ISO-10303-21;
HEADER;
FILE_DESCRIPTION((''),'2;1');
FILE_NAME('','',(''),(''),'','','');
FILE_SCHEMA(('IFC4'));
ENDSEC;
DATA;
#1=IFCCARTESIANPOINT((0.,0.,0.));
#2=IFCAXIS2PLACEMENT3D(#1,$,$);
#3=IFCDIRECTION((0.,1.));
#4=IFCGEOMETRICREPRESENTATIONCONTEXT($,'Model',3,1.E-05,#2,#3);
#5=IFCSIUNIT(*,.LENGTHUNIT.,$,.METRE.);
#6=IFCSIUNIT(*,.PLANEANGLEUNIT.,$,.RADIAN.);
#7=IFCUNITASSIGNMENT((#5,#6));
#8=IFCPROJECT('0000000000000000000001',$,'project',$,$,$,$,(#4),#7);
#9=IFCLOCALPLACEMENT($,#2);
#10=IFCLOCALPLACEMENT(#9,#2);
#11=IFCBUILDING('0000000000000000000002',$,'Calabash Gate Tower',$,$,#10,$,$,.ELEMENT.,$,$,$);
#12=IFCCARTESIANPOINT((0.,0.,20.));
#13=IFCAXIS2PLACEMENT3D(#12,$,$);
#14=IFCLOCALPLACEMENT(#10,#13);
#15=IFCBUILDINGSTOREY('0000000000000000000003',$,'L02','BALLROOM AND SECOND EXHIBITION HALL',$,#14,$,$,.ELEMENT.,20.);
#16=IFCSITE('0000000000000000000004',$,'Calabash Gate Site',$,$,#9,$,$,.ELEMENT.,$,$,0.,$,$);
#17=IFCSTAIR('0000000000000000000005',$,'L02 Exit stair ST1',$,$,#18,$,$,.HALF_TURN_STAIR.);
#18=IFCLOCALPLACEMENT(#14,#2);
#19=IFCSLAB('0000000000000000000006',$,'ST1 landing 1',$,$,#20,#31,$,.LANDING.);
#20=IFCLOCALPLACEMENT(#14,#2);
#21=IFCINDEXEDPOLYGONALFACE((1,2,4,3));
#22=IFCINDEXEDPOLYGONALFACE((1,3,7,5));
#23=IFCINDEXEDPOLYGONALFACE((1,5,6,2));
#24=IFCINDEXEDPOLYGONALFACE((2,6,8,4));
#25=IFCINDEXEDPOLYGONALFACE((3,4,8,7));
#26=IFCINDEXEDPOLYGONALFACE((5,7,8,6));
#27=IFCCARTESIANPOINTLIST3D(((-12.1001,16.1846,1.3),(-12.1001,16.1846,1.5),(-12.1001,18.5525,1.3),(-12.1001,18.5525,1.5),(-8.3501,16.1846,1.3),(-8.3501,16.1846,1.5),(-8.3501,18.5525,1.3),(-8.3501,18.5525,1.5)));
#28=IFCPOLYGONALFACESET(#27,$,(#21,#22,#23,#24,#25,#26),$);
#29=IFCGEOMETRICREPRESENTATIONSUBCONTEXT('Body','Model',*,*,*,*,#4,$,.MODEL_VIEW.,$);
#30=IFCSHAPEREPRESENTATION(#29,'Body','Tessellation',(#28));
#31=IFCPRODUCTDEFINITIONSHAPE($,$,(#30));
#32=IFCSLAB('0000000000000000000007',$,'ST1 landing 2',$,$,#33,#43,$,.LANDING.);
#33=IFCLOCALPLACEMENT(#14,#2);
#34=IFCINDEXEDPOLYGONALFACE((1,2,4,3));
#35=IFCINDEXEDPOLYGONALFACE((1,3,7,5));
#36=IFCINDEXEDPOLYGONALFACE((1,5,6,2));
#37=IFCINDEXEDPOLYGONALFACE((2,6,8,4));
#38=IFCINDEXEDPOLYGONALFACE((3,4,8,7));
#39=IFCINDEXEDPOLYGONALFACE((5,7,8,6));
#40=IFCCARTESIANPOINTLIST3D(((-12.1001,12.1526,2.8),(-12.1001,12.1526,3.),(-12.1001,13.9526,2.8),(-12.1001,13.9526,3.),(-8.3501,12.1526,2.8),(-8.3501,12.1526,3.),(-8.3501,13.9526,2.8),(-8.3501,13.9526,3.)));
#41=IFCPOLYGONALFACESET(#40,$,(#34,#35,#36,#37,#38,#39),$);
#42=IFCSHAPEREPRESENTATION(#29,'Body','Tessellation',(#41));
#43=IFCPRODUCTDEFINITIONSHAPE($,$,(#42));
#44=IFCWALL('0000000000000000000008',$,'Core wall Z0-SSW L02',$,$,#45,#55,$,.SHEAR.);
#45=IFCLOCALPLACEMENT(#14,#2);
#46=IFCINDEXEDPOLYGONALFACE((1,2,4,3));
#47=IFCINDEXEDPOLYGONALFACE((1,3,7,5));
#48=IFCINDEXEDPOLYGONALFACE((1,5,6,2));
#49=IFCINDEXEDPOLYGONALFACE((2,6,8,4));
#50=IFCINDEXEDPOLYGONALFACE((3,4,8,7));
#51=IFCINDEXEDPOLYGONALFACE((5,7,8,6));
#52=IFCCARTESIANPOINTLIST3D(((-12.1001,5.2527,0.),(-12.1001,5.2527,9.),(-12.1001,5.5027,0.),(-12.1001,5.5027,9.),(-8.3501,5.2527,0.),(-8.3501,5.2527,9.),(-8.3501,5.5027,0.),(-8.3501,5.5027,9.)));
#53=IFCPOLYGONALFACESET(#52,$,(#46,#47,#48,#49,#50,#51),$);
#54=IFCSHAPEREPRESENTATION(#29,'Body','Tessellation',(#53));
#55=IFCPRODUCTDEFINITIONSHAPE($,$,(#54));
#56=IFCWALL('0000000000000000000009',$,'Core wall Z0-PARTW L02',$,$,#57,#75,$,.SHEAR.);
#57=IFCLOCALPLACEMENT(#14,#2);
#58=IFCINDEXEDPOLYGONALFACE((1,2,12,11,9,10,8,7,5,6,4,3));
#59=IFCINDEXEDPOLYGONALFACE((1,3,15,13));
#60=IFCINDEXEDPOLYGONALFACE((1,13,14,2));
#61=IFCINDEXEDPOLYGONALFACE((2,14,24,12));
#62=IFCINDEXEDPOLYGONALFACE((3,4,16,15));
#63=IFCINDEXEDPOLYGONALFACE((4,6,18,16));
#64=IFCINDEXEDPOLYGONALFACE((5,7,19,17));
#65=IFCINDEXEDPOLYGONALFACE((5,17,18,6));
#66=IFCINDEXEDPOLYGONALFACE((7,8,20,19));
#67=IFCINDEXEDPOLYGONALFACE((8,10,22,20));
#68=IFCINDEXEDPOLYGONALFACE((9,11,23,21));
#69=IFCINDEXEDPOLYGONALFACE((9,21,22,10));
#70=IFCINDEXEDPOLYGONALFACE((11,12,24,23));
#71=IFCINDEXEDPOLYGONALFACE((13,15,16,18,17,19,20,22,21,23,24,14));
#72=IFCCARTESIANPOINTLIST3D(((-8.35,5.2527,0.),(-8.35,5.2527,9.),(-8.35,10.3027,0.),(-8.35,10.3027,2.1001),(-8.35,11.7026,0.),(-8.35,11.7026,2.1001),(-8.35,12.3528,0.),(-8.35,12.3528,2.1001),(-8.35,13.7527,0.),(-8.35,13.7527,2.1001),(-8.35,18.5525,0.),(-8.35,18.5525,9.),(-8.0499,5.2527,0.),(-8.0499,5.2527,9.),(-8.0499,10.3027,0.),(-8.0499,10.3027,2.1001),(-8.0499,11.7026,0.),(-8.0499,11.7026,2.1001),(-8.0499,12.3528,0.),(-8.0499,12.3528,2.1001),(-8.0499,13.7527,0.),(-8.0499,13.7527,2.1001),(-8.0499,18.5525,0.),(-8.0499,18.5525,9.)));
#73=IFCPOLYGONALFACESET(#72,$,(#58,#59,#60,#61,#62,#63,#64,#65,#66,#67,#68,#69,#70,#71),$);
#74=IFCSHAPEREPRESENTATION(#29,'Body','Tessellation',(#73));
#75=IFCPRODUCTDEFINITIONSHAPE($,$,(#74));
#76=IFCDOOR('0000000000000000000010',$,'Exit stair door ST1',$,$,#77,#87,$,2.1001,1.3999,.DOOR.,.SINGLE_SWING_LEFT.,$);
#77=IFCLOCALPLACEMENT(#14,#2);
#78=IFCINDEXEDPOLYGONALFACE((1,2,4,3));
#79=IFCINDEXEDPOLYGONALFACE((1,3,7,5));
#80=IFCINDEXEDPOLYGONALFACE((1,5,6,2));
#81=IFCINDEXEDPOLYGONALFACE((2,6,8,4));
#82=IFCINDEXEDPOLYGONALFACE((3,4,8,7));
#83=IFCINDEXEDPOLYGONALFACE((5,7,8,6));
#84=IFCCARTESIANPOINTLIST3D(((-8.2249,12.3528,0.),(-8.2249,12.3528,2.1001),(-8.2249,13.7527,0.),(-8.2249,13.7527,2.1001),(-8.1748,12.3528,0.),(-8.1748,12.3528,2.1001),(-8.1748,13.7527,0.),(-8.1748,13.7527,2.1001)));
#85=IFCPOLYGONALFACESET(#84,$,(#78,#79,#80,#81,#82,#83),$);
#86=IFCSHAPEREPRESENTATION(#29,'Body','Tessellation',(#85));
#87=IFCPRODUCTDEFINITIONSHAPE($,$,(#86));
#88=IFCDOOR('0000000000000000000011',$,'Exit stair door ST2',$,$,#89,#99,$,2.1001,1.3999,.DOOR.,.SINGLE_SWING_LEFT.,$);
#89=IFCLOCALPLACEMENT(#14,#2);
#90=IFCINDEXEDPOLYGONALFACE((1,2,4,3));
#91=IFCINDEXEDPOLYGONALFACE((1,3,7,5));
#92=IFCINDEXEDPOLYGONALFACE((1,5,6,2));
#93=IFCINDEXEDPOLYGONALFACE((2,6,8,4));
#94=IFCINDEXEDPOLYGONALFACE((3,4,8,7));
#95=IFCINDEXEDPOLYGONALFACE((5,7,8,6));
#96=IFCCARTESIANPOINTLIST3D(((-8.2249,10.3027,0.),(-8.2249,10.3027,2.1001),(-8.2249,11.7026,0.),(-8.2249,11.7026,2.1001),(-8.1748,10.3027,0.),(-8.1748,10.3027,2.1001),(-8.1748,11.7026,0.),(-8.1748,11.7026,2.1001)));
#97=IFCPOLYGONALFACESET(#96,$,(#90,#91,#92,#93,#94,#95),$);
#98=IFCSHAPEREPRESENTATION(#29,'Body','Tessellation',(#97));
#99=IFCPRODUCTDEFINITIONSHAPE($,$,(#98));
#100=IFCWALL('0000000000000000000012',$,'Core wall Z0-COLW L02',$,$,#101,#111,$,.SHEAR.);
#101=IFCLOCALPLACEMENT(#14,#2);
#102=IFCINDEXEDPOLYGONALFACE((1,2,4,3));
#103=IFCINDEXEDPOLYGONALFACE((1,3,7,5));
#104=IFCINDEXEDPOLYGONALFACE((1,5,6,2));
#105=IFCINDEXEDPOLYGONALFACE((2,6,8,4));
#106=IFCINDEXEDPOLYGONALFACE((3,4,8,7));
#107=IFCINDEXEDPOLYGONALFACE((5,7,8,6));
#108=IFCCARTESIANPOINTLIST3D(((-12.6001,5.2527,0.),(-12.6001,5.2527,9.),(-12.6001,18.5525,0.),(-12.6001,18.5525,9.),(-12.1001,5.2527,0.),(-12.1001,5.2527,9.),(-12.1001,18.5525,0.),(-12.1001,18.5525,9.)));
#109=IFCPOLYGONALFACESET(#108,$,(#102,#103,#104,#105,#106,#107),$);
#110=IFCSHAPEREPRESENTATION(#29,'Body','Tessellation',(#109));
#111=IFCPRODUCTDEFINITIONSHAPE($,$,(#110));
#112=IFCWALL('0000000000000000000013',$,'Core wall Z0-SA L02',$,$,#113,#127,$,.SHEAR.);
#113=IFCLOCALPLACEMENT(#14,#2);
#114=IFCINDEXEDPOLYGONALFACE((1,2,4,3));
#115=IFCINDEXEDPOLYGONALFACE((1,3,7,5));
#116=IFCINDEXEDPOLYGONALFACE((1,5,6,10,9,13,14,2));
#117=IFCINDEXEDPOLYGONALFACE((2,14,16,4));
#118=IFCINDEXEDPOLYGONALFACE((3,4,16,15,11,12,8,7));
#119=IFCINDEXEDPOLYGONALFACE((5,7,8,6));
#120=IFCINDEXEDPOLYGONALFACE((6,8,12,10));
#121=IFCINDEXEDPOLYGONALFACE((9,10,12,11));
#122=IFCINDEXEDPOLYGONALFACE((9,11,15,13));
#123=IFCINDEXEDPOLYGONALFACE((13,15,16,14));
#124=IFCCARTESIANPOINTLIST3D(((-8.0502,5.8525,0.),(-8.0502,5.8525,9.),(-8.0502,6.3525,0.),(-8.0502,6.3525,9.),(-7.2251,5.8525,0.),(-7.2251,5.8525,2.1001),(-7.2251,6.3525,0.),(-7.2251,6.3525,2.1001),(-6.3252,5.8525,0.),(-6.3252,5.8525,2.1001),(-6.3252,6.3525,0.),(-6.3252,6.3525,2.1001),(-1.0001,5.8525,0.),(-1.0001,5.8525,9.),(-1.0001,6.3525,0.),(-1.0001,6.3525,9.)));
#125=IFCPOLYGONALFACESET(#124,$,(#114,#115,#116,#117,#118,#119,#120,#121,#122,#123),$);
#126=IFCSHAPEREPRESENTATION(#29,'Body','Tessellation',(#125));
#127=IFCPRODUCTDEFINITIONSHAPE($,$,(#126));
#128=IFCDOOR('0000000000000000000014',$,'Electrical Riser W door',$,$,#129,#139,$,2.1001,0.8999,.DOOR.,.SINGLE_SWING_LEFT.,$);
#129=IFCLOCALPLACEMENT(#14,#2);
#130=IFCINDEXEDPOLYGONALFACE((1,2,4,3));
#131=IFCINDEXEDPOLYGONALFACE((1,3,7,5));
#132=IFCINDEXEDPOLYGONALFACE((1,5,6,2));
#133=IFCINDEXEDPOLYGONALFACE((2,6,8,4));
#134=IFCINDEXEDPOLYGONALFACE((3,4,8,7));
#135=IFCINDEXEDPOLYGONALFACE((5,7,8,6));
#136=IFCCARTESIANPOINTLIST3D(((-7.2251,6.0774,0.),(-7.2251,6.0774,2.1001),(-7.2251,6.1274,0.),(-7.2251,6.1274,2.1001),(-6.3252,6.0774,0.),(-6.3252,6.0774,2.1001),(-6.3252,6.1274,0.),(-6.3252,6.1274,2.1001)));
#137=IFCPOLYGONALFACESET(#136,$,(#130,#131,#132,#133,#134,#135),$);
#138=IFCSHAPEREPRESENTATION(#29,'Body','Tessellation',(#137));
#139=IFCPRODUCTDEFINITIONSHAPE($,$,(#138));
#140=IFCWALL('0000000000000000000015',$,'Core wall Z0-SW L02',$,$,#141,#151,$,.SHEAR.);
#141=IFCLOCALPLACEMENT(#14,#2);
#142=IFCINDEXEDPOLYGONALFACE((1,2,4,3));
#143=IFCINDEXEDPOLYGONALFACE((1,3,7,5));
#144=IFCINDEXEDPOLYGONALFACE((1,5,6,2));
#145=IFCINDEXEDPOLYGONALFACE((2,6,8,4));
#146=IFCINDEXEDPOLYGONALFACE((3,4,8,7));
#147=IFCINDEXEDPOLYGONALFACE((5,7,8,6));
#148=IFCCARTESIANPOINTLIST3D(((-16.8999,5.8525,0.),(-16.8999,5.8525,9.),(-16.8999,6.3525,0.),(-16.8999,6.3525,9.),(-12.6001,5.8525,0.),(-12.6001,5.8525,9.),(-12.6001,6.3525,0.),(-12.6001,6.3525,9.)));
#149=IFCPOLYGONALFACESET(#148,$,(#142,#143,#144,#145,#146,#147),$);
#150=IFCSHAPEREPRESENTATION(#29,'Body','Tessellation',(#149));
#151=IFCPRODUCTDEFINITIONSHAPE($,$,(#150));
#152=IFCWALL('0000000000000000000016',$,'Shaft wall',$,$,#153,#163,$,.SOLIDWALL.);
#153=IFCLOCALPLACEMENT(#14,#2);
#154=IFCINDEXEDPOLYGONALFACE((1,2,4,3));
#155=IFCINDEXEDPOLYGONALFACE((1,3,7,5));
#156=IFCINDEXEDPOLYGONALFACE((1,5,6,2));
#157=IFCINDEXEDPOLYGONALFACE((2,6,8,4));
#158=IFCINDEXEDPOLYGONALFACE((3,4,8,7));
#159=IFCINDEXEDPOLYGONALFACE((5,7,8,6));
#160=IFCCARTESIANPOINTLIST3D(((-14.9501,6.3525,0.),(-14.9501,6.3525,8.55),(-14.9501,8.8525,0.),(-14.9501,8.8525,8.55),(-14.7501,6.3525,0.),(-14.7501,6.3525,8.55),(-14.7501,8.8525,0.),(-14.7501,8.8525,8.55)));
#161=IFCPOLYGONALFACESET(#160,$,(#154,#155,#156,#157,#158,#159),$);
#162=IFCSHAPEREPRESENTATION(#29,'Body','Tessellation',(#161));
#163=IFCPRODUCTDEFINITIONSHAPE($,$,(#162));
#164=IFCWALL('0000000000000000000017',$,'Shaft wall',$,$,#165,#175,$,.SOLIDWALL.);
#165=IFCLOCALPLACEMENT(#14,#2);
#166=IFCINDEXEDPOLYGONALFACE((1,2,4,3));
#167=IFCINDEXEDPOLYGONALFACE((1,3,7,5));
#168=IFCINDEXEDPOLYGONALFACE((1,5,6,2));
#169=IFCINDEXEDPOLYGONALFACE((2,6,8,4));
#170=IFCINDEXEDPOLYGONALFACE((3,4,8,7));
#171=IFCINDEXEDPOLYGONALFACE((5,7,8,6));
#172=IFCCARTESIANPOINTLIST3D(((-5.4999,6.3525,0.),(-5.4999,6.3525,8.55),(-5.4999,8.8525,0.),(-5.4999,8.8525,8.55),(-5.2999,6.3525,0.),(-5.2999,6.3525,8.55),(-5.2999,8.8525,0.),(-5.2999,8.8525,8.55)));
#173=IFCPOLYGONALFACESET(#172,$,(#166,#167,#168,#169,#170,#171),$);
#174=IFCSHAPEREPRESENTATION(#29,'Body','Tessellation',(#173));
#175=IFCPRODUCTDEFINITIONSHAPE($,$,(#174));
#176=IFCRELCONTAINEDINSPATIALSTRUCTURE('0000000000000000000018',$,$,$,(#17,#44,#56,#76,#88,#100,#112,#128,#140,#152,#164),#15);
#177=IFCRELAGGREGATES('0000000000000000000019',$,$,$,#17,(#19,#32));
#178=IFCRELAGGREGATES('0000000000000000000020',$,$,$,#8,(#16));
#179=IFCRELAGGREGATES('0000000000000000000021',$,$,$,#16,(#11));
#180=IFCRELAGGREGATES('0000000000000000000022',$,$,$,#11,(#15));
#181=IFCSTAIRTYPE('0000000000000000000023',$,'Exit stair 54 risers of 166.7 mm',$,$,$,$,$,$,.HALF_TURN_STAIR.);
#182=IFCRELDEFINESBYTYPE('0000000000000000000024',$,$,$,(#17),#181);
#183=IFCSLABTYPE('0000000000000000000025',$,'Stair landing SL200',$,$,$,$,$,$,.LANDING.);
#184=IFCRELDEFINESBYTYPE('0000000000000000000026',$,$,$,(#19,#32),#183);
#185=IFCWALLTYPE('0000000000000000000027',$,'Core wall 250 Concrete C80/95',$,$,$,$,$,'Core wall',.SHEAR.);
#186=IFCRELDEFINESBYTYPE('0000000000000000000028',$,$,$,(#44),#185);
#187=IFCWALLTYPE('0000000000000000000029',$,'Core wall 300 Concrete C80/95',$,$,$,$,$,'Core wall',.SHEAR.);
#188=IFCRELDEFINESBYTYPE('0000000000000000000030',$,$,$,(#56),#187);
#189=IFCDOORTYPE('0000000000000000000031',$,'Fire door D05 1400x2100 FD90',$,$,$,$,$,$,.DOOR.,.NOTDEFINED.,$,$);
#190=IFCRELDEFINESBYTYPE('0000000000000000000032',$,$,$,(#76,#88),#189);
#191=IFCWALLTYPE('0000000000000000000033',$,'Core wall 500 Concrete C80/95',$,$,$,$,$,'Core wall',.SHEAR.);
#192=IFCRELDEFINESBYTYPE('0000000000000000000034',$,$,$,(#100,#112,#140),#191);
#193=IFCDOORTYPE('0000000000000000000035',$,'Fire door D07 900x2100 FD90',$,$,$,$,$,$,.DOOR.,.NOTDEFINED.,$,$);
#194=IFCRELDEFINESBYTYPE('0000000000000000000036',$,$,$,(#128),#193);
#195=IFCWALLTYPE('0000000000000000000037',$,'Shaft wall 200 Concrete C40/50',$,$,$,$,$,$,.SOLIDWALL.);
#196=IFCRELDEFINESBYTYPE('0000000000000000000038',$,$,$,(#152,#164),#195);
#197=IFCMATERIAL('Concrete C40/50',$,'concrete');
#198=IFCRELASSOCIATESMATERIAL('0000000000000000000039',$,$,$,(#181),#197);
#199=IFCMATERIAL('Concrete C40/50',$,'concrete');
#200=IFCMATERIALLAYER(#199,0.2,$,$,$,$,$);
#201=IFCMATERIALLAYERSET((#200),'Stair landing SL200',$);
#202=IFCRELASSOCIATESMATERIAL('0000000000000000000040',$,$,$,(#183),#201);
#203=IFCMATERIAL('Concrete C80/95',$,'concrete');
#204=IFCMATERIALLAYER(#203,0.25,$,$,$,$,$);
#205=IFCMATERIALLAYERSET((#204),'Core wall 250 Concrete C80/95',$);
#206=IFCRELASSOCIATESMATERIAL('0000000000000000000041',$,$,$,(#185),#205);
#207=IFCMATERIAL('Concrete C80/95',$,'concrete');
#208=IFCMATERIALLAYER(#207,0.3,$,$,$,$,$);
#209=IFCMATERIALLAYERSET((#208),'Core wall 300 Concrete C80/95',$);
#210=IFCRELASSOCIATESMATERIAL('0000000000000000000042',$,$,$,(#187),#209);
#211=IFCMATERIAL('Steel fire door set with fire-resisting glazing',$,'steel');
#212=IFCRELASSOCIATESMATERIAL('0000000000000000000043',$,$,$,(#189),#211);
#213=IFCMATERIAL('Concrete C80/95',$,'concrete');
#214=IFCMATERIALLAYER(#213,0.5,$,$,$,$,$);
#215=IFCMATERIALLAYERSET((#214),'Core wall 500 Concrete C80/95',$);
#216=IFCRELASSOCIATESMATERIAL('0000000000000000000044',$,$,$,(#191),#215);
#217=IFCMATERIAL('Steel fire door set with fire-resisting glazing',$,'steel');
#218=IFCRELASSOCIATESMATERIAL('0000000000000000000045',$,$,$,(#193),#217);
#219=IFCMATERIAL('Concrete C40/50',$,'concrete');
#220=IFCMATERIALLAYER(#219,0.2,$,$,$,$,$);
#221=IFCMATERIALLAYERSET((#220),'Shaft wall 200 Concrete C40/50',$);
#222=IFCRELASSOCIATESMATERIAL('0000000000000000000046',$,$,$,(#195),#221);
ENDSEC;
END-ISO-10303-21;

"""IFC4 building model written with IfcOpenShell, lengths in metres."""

from ifc_helpers import new_model, si_unit, direction, frame, frame_2d, origin, place, context, subcontext, project, spatial, polyline, rectangle, outline, extrude, material, layer, layer_set, type_object, element, fill, aggregate, save


model = new_model("IFC4")

# Units and contexts
model_context = context("Model", 3, precision=1e-05, world=origin(), true_north=direction((0.0, 1.0)))
body_context = subcontext(model_context, "Body", "Model", "MODEL_VIEW")
ifc_project = project(units=[si_unit("LENGTHUNIT", "METRE"), si_unit("PLANEANGLEUNIT", "RADIAN")], contexts=[model_context])

# Site, building, storey
site_placement = place(None, origin())
site = spatial("IfcSite", under=ifc_project, at=site_placement, Name="Calabash Gate Site", CompositionType="ELEMENT", RefElevation=0.0)
building_placement = place(site_placement, origin())
building = spatial("IfcBuilding", under=site, at=building_placement, Name="Calabash Gate Tower", CompositionType="ELEMENT")
storey_placement = place(building_placement, frame((0.0, 0.0, 20.0)))
storey = spatial("IfcBuildingStorey", under=building, at=storey_placement, Name="L02", Description="BALLROOM AND SECOND EXHIBITION HALL", CompositionType="ELEMENT", Elevation=20.0)

# Stair, slabs
ifc_material_1 = material(Name="Concrete C40/50", Category="concrete")
stair_type = type_object("IfcStairType", Name="Exit stair 54 risers of 166.7 mm", PredefinedType="HALF_TURN_STAIR", material=ifc_material_1)
stair_placement = place(storey_placement, origin())
stair = element("IfcStair", 1, at=stair_placement, inside=storey, type_object=stair_type, Name="L02 Exit stair ST1", PredefinedType="HALF_TURN_STAIR")
ifc_material_2 = material(Name="Concrete C40/50", Category="concrete")
ifc_layer_1 = layer(ifc_material_2, 0.2)
ifc_layer_set_1 = layer_set([ifc_layer_1], Name="Stair landing SL200")
slab_type_1 = type_object("IfcSlabType", Name="Stair landing SL200", PredefinedType="LANDING", material=ifc_layer_set_1)
slab_1_placement = place(storey_placement, frame((0.0, 0.0, 1.3)))
slab_1 = element("IfcSlab", 2, at=slab_1_placement, type_object=slab_type_1, Name="ST1 landing 1", PredefinedType="LANDING", context=body_context, shape_type="SweptSolid", body=[
    extrude(outline(polyline([(-8.3501, 16.1846), (-8.3501, 18.5525), (-12.1001, 18.5525), (-12.1001, 16.1846), (-8.3501, 16.1846)])), origin(), (0.0, 0.0, 1.0), 0.2),
])
slab_2_placement = place(storey_placement, frame((0.0, 0.0, 2.8)))
slab_2 = element("IfcSlab", 3, at=slab_2_placement, type_object=slab_type_1, Name="ST1 landing 2", PredefinedType="LANDING", context=body_context, shape_type="SweptSolid", body=[
    extrude(outline(polyline([(-8.3501, 12.1526), (-8.3501, 13.9526), (-12.1001, 13.9526), (-12.1001, 12.1526), (-8.3501, 12.1526)])), origin(), (0.0, 0.0, 1.0), 0.2),
])
aggregate(stair, [slab_1, slab_2])

# Wall
ifc_material_3 = material(Name="Concrete C80/95", Category="concrete")
ifc_layer_2 = layer(ifc_material_3, 0.25)
ifc_layer_set_2 = layer_set([ifc_layer_2], Name="Core wall 250 Concrete C80/95")
wall_type_1 = type_object("IfcWallType", Name="Core wall 250 Concrete C80/95", ElementType="Core wall", PredefinedType="SHEAR", material=ifc_layer_set_2)
wall_1_placement = place(storey_placement, frame((-12.1001, 5.3777, 0.0), z_axis=(0.0, 0.0, 1.0), x_axis=(1.0, 0.0, 0.0)))
element("IfcWall", 4, at=wall_1_placement, inside=storey, type_object=wall_type_1, Name="Core wall Z0-SSW L02", PredefinedType="SHEAR", context=body_context, shape_type="SweptSolid", body=[
    extrude(rectangle(XDim=3.75, YDim=0.25, at=frame_2d((1.875, 0.0))), origin(), (0.0, 0.0, 1.0), 9.0),
])

# Wall, openings, doors
ifc_material_4 = material(Name="Concrete C80/95", Category="concrete")
ifc_layer_3 = layer(ifc_material_4, 0.3)
ifc_layer_set_3 = layer_set([ifc_layer_3], Name="Core wall 300 Concrete C80/95")
wall_type_2 = type_object("IfcWallType", Name="Core wall 300 Concrete C80/95", ElementType="Core wall", PredefinedType="SHEAR", material=ifc_layer_set_3)
wall_2_placement = place(storey_placement, frame((-8.2, 5.2527, 0.0), z_axis=(0.0, 0.0, 1.0), x_axis=(0.0, 1.0, 0.0)))
wall_2 = element("IfcWall", 5, at=wall_2_placement, inside=storey, type_object=wall_type_2, Name="Core wall Z0-PARTW L02", PredefinedType="SHEAR", context=body_context, shape_type="SweptSolid", body=[
    extrude(rectangle(XDim=13.2998, YDim=0.3, at=frame_2d((6.6499, 0.0))), origin(), (0.0, 0.0, 1.0), 9.0),
])
opening_1_placement = place(wall_2_placement, frame((7.1001, 0.0, 0.0)))
opening_1 = element("IfcOpeningElement", 6, at=opening_1_placement, cuts=wall_2, PredefinedType="OPENING", context=body_context, shape_type="SweptSolid", body=[
    extrude(rectangle(XDim=1.3999, YDim=2.1001, at=frame_2d((0.7, 1.05))), frame((0.0, 0.1599, 0.0), z_axis=(0.0, -1.0, 0.0), x_axis=(1.0, 0.0, 0.0)), (0.0, 0.0, 1.0), 0.3201),
])
opening_2_placement = place(wall_2_placement, frame((5.05, 0.0, 0.0)))
opening_2 = element("IfcOpeningElement", 7, at=opening_2_placement, cuts=wall_2, PredefinedType="OPENING", context=body_context, shape_type="SweptSolid", body=[
    extrude(rectangle(XDim=1.3999, YDim=2.1001, at=frame_2d((0.7, 1.05))), frame((0.0, 0.1599, 0.0), z_axis=(0.0, -1.0, 0.0), x_axis=(1.0, 0.0, 0.0)), (0.0, 0.0, 1.0), 0.3201),
])
ifc_material_5 = material(Name="Steel fire door set with fire-resisting glazing", Category="steel")
door_type_1 = type_object("IfcDoorType", Name="Fire door D05 1400x2100 FD90", OperationType="NOTDEFINED", PredefinedType="DOOR", material=ifc_material_5)
door_1_placement = place(opening_1_placement, origin())
door_1 = element("IfcDoor", 8, at=door_1_placement, inside=storey, type_object=door_type_1, Name="Exit stair door ST1", OperationType="SINGLE_SWING_LEFT", OverallHeight=2.1001, OverallWidth=1.3999, PredefinedType="DOOR", context=body_context, shape_type="SweptSolid", body=[
    extrude(rectangle(XDim=1.3999, YDim=2.1001, at=frame_2d((0.7, 1.05))), frame((0.0, 0.0249, 0.0), z_axis=(0.0, -1.0, 0.0), x_axis=(1.0, 0.0, 0.0)), (0.0, 0.0, 1.0), 0.05),
])
fill(opening_1, door_1)
door_2_placement = place(opening_2_placement, origin())
door_2 = element("IfcDoor", 9, at=door_2_placement, inside=storey, type_object=door_type_1, Name="Exit stair door ST2", OperationType="SINGLE_SWING_LEFT", OverallHeight=2.1001, OverallWidth=1.3999, PredefinedType="DOOR", context=body_context, shape_type="SweptSolid", body=[
    extrude(rectangle(XDim=1.3999, YDim=2.1001, at=frame_2d((0.7, 1.05))), frame((0.0, 0.0249, 0.0), z_axis=(0.0, -1.0, 0.0), x_axis=(1.0, 0.0, 0.0)), (0.0, 0.0, 1.0), 0.05),
])
fill(opening_2, door_2)

# Wall
ifc_material_6 = material(Name="Concrete C80/95", Category="concrete")
ifc_layer_4 = layer(ifc_material_6, 0.5)
ifc_layer_set_4 = layer_set([ifc_layer_4], Name="Core wall 500 Concrete C80/95")
wall_type_3 = type_object("IfcWallType", Name="Core wall 500 Concrete C80/95", ElementType="Core wall", PredefinedType="SHEAR", material=ifc_layer_set_4)
wall_3_placement = place(storey_placement, frame((-12.3501, 5.2527, 0.0), z_axis=(0.0, 0.0, 1.0), x_axis=(0.0, 1.0, 0.0)))
element("IfcWall", 10, at=wall_3_placement, inside=storey, type_object=wall_type_3, Name="Core wall Z0-COLW L02", PredefinedType="SHEAR", context=body_context, shape_type="SweptSolid", body=[
    extrude(rectangle(XDim=13.2998, YDim=0.5, at=frame_2d((6.6499, 0.0))), origin(), (0.0, 0.0, 1.0), 9.0),
])

# Wall, opening, door
wall_4_placement = place(storey_placement, frame((-8.05, 6.1025, 0.0), z_axis=(0.0, 0.0, 1.0), x_axis=(1.0, 0.0, 0.0)))
wall_4 = element("IfcWall", 11, at=wall_4_placement, inside=storey, type_object=wall_type_3, Name="Core wall Z0-SA L02", PredefinedType="SHEAR", context=body_context, shape_type="SweptSolid", body=[
    extrude(rectangle(XDim=7.05, YDim=0.5, at=frame_2d((3.5249, 0.0))), origin(), (0.0, 0.0, 1.0), 9.0),
])
opening_3_placement = place(wall_4_placement, frame((0.825, 0.0, 0.0)))
opening_3 = element("IfcOpeningElement", 12, at=opening_3_placement, cuts=wall_4, PredefinedType="OPENING", context=body_context, shape_type="SweptSolid", body=[
    extrude(rectangle(XDim=0.8999, YDim=2.1001, at=frame_2d((0.45, 1.05))), frame((0.0, 0.26, 0.0), z_axis=(0.0, -1.0, 0.0), x_axis=(1.0, 0.0, 0.0)), (0.0, 0.0, 1.0), 0.52),
])
ifc_material_7 = material(Name="Steel fire door set with fire-resisting glazing", Category="steel")
door_type_2 = type_object("IfcDoorType", Name="Fire door D07 900x2100 FD90", OperationType="NOTDEFINED", PredefinedType="DOOR", material=ifc_material_7)
door_3_placement = place(opening_3_placement, origin())
door_3 = element("IfcDoor", 13, at=door_3_placement, inside=storey, type_object=door_type_2, Name="Electrical Riser W door", OperationType="SINGLE_SWING_LEFT", OverallHeight=2.1001, OverallWidth=0.8999, PredefinedType="DOOR", context=body_context, shape_type="SweptSolid", body=[
    extrude(rectangle(XDim=0.8999, YDim=2.1001, at=frame_2d((0.45, 1.05))), frame((0.0, 0.0249, 0.0), z_axis=(0.0, -1.0, 0.0), x_axis=(1.0, 0.0, 0.0)), (0.0, 0.0, 1.0), 0.05),
])
fill(opening_3, door_3)

# Walls
wall_5_placement = place(storey_placement, frame((-12.6001, 6.1025, 0.0), z_axis=(0.0, 0.0, 1.0), x_axis=(-1.0, 0.0, 0.0)))
element("IfcWall", 14, at=wall_5_placement, inside=storey, type_object=wall_type_3, Name="Core wall Z0-SW L02", PredefinedType="SHEAR", context=body_context, shape_type="SweptSolid", body=[
    extrude(rectangle(XDim=4.2998, YDim=0.5, at=frame_2d((2.1499, 0.0))), origin(), (0.0, 0.0, 1.0), 9.0),
])
ifc_material_8 = material(Name="Concrete C40/50", Category="concrete")
ifc_layer_5 = layer(ifc_material_8, 0.2)
ifc_layer_set_5 = layer_set([ifc_layer_5], Name="Shaft wall 200 Concrete C40/50")
wall_type_4 = type_object("IfcWallType", Name="Shaft wall 200 Concrete C40/50", PredefinedType="SOLIDWALL", material=ifc_layer_set_5)
for number, where, z_axis, x_axis, name in (
    (15, (-14.8501, 6.3525, 0.0), (0.0, 0.0, 1.0), (0.0, 1.0, 0.0), "Shaft wall"),
    (16, (-5.3999, 6.3525, 0.0), (0.0, 0.0, 1.0), (0.0, 1.0, 0.0), "Shaft wall"),
):
    element("IfcWall", number, at=place(storey_placement, frame(where, z_axis=z_axis, x_axis=x_axis)), inside=storey, type_object=wall_type_4, Name=name, PredefinedType="SOLIDWALL", context=body_context, shape_type="SweptSolid", body=[
        extrude(rectangle(XDim=2.5, YDim=0.2, at=frame_2d((1.25, 0.0))), origin(), (0.0, 0.0, 1.0), 8.55),
    ])

save(model, "model.ifc")
